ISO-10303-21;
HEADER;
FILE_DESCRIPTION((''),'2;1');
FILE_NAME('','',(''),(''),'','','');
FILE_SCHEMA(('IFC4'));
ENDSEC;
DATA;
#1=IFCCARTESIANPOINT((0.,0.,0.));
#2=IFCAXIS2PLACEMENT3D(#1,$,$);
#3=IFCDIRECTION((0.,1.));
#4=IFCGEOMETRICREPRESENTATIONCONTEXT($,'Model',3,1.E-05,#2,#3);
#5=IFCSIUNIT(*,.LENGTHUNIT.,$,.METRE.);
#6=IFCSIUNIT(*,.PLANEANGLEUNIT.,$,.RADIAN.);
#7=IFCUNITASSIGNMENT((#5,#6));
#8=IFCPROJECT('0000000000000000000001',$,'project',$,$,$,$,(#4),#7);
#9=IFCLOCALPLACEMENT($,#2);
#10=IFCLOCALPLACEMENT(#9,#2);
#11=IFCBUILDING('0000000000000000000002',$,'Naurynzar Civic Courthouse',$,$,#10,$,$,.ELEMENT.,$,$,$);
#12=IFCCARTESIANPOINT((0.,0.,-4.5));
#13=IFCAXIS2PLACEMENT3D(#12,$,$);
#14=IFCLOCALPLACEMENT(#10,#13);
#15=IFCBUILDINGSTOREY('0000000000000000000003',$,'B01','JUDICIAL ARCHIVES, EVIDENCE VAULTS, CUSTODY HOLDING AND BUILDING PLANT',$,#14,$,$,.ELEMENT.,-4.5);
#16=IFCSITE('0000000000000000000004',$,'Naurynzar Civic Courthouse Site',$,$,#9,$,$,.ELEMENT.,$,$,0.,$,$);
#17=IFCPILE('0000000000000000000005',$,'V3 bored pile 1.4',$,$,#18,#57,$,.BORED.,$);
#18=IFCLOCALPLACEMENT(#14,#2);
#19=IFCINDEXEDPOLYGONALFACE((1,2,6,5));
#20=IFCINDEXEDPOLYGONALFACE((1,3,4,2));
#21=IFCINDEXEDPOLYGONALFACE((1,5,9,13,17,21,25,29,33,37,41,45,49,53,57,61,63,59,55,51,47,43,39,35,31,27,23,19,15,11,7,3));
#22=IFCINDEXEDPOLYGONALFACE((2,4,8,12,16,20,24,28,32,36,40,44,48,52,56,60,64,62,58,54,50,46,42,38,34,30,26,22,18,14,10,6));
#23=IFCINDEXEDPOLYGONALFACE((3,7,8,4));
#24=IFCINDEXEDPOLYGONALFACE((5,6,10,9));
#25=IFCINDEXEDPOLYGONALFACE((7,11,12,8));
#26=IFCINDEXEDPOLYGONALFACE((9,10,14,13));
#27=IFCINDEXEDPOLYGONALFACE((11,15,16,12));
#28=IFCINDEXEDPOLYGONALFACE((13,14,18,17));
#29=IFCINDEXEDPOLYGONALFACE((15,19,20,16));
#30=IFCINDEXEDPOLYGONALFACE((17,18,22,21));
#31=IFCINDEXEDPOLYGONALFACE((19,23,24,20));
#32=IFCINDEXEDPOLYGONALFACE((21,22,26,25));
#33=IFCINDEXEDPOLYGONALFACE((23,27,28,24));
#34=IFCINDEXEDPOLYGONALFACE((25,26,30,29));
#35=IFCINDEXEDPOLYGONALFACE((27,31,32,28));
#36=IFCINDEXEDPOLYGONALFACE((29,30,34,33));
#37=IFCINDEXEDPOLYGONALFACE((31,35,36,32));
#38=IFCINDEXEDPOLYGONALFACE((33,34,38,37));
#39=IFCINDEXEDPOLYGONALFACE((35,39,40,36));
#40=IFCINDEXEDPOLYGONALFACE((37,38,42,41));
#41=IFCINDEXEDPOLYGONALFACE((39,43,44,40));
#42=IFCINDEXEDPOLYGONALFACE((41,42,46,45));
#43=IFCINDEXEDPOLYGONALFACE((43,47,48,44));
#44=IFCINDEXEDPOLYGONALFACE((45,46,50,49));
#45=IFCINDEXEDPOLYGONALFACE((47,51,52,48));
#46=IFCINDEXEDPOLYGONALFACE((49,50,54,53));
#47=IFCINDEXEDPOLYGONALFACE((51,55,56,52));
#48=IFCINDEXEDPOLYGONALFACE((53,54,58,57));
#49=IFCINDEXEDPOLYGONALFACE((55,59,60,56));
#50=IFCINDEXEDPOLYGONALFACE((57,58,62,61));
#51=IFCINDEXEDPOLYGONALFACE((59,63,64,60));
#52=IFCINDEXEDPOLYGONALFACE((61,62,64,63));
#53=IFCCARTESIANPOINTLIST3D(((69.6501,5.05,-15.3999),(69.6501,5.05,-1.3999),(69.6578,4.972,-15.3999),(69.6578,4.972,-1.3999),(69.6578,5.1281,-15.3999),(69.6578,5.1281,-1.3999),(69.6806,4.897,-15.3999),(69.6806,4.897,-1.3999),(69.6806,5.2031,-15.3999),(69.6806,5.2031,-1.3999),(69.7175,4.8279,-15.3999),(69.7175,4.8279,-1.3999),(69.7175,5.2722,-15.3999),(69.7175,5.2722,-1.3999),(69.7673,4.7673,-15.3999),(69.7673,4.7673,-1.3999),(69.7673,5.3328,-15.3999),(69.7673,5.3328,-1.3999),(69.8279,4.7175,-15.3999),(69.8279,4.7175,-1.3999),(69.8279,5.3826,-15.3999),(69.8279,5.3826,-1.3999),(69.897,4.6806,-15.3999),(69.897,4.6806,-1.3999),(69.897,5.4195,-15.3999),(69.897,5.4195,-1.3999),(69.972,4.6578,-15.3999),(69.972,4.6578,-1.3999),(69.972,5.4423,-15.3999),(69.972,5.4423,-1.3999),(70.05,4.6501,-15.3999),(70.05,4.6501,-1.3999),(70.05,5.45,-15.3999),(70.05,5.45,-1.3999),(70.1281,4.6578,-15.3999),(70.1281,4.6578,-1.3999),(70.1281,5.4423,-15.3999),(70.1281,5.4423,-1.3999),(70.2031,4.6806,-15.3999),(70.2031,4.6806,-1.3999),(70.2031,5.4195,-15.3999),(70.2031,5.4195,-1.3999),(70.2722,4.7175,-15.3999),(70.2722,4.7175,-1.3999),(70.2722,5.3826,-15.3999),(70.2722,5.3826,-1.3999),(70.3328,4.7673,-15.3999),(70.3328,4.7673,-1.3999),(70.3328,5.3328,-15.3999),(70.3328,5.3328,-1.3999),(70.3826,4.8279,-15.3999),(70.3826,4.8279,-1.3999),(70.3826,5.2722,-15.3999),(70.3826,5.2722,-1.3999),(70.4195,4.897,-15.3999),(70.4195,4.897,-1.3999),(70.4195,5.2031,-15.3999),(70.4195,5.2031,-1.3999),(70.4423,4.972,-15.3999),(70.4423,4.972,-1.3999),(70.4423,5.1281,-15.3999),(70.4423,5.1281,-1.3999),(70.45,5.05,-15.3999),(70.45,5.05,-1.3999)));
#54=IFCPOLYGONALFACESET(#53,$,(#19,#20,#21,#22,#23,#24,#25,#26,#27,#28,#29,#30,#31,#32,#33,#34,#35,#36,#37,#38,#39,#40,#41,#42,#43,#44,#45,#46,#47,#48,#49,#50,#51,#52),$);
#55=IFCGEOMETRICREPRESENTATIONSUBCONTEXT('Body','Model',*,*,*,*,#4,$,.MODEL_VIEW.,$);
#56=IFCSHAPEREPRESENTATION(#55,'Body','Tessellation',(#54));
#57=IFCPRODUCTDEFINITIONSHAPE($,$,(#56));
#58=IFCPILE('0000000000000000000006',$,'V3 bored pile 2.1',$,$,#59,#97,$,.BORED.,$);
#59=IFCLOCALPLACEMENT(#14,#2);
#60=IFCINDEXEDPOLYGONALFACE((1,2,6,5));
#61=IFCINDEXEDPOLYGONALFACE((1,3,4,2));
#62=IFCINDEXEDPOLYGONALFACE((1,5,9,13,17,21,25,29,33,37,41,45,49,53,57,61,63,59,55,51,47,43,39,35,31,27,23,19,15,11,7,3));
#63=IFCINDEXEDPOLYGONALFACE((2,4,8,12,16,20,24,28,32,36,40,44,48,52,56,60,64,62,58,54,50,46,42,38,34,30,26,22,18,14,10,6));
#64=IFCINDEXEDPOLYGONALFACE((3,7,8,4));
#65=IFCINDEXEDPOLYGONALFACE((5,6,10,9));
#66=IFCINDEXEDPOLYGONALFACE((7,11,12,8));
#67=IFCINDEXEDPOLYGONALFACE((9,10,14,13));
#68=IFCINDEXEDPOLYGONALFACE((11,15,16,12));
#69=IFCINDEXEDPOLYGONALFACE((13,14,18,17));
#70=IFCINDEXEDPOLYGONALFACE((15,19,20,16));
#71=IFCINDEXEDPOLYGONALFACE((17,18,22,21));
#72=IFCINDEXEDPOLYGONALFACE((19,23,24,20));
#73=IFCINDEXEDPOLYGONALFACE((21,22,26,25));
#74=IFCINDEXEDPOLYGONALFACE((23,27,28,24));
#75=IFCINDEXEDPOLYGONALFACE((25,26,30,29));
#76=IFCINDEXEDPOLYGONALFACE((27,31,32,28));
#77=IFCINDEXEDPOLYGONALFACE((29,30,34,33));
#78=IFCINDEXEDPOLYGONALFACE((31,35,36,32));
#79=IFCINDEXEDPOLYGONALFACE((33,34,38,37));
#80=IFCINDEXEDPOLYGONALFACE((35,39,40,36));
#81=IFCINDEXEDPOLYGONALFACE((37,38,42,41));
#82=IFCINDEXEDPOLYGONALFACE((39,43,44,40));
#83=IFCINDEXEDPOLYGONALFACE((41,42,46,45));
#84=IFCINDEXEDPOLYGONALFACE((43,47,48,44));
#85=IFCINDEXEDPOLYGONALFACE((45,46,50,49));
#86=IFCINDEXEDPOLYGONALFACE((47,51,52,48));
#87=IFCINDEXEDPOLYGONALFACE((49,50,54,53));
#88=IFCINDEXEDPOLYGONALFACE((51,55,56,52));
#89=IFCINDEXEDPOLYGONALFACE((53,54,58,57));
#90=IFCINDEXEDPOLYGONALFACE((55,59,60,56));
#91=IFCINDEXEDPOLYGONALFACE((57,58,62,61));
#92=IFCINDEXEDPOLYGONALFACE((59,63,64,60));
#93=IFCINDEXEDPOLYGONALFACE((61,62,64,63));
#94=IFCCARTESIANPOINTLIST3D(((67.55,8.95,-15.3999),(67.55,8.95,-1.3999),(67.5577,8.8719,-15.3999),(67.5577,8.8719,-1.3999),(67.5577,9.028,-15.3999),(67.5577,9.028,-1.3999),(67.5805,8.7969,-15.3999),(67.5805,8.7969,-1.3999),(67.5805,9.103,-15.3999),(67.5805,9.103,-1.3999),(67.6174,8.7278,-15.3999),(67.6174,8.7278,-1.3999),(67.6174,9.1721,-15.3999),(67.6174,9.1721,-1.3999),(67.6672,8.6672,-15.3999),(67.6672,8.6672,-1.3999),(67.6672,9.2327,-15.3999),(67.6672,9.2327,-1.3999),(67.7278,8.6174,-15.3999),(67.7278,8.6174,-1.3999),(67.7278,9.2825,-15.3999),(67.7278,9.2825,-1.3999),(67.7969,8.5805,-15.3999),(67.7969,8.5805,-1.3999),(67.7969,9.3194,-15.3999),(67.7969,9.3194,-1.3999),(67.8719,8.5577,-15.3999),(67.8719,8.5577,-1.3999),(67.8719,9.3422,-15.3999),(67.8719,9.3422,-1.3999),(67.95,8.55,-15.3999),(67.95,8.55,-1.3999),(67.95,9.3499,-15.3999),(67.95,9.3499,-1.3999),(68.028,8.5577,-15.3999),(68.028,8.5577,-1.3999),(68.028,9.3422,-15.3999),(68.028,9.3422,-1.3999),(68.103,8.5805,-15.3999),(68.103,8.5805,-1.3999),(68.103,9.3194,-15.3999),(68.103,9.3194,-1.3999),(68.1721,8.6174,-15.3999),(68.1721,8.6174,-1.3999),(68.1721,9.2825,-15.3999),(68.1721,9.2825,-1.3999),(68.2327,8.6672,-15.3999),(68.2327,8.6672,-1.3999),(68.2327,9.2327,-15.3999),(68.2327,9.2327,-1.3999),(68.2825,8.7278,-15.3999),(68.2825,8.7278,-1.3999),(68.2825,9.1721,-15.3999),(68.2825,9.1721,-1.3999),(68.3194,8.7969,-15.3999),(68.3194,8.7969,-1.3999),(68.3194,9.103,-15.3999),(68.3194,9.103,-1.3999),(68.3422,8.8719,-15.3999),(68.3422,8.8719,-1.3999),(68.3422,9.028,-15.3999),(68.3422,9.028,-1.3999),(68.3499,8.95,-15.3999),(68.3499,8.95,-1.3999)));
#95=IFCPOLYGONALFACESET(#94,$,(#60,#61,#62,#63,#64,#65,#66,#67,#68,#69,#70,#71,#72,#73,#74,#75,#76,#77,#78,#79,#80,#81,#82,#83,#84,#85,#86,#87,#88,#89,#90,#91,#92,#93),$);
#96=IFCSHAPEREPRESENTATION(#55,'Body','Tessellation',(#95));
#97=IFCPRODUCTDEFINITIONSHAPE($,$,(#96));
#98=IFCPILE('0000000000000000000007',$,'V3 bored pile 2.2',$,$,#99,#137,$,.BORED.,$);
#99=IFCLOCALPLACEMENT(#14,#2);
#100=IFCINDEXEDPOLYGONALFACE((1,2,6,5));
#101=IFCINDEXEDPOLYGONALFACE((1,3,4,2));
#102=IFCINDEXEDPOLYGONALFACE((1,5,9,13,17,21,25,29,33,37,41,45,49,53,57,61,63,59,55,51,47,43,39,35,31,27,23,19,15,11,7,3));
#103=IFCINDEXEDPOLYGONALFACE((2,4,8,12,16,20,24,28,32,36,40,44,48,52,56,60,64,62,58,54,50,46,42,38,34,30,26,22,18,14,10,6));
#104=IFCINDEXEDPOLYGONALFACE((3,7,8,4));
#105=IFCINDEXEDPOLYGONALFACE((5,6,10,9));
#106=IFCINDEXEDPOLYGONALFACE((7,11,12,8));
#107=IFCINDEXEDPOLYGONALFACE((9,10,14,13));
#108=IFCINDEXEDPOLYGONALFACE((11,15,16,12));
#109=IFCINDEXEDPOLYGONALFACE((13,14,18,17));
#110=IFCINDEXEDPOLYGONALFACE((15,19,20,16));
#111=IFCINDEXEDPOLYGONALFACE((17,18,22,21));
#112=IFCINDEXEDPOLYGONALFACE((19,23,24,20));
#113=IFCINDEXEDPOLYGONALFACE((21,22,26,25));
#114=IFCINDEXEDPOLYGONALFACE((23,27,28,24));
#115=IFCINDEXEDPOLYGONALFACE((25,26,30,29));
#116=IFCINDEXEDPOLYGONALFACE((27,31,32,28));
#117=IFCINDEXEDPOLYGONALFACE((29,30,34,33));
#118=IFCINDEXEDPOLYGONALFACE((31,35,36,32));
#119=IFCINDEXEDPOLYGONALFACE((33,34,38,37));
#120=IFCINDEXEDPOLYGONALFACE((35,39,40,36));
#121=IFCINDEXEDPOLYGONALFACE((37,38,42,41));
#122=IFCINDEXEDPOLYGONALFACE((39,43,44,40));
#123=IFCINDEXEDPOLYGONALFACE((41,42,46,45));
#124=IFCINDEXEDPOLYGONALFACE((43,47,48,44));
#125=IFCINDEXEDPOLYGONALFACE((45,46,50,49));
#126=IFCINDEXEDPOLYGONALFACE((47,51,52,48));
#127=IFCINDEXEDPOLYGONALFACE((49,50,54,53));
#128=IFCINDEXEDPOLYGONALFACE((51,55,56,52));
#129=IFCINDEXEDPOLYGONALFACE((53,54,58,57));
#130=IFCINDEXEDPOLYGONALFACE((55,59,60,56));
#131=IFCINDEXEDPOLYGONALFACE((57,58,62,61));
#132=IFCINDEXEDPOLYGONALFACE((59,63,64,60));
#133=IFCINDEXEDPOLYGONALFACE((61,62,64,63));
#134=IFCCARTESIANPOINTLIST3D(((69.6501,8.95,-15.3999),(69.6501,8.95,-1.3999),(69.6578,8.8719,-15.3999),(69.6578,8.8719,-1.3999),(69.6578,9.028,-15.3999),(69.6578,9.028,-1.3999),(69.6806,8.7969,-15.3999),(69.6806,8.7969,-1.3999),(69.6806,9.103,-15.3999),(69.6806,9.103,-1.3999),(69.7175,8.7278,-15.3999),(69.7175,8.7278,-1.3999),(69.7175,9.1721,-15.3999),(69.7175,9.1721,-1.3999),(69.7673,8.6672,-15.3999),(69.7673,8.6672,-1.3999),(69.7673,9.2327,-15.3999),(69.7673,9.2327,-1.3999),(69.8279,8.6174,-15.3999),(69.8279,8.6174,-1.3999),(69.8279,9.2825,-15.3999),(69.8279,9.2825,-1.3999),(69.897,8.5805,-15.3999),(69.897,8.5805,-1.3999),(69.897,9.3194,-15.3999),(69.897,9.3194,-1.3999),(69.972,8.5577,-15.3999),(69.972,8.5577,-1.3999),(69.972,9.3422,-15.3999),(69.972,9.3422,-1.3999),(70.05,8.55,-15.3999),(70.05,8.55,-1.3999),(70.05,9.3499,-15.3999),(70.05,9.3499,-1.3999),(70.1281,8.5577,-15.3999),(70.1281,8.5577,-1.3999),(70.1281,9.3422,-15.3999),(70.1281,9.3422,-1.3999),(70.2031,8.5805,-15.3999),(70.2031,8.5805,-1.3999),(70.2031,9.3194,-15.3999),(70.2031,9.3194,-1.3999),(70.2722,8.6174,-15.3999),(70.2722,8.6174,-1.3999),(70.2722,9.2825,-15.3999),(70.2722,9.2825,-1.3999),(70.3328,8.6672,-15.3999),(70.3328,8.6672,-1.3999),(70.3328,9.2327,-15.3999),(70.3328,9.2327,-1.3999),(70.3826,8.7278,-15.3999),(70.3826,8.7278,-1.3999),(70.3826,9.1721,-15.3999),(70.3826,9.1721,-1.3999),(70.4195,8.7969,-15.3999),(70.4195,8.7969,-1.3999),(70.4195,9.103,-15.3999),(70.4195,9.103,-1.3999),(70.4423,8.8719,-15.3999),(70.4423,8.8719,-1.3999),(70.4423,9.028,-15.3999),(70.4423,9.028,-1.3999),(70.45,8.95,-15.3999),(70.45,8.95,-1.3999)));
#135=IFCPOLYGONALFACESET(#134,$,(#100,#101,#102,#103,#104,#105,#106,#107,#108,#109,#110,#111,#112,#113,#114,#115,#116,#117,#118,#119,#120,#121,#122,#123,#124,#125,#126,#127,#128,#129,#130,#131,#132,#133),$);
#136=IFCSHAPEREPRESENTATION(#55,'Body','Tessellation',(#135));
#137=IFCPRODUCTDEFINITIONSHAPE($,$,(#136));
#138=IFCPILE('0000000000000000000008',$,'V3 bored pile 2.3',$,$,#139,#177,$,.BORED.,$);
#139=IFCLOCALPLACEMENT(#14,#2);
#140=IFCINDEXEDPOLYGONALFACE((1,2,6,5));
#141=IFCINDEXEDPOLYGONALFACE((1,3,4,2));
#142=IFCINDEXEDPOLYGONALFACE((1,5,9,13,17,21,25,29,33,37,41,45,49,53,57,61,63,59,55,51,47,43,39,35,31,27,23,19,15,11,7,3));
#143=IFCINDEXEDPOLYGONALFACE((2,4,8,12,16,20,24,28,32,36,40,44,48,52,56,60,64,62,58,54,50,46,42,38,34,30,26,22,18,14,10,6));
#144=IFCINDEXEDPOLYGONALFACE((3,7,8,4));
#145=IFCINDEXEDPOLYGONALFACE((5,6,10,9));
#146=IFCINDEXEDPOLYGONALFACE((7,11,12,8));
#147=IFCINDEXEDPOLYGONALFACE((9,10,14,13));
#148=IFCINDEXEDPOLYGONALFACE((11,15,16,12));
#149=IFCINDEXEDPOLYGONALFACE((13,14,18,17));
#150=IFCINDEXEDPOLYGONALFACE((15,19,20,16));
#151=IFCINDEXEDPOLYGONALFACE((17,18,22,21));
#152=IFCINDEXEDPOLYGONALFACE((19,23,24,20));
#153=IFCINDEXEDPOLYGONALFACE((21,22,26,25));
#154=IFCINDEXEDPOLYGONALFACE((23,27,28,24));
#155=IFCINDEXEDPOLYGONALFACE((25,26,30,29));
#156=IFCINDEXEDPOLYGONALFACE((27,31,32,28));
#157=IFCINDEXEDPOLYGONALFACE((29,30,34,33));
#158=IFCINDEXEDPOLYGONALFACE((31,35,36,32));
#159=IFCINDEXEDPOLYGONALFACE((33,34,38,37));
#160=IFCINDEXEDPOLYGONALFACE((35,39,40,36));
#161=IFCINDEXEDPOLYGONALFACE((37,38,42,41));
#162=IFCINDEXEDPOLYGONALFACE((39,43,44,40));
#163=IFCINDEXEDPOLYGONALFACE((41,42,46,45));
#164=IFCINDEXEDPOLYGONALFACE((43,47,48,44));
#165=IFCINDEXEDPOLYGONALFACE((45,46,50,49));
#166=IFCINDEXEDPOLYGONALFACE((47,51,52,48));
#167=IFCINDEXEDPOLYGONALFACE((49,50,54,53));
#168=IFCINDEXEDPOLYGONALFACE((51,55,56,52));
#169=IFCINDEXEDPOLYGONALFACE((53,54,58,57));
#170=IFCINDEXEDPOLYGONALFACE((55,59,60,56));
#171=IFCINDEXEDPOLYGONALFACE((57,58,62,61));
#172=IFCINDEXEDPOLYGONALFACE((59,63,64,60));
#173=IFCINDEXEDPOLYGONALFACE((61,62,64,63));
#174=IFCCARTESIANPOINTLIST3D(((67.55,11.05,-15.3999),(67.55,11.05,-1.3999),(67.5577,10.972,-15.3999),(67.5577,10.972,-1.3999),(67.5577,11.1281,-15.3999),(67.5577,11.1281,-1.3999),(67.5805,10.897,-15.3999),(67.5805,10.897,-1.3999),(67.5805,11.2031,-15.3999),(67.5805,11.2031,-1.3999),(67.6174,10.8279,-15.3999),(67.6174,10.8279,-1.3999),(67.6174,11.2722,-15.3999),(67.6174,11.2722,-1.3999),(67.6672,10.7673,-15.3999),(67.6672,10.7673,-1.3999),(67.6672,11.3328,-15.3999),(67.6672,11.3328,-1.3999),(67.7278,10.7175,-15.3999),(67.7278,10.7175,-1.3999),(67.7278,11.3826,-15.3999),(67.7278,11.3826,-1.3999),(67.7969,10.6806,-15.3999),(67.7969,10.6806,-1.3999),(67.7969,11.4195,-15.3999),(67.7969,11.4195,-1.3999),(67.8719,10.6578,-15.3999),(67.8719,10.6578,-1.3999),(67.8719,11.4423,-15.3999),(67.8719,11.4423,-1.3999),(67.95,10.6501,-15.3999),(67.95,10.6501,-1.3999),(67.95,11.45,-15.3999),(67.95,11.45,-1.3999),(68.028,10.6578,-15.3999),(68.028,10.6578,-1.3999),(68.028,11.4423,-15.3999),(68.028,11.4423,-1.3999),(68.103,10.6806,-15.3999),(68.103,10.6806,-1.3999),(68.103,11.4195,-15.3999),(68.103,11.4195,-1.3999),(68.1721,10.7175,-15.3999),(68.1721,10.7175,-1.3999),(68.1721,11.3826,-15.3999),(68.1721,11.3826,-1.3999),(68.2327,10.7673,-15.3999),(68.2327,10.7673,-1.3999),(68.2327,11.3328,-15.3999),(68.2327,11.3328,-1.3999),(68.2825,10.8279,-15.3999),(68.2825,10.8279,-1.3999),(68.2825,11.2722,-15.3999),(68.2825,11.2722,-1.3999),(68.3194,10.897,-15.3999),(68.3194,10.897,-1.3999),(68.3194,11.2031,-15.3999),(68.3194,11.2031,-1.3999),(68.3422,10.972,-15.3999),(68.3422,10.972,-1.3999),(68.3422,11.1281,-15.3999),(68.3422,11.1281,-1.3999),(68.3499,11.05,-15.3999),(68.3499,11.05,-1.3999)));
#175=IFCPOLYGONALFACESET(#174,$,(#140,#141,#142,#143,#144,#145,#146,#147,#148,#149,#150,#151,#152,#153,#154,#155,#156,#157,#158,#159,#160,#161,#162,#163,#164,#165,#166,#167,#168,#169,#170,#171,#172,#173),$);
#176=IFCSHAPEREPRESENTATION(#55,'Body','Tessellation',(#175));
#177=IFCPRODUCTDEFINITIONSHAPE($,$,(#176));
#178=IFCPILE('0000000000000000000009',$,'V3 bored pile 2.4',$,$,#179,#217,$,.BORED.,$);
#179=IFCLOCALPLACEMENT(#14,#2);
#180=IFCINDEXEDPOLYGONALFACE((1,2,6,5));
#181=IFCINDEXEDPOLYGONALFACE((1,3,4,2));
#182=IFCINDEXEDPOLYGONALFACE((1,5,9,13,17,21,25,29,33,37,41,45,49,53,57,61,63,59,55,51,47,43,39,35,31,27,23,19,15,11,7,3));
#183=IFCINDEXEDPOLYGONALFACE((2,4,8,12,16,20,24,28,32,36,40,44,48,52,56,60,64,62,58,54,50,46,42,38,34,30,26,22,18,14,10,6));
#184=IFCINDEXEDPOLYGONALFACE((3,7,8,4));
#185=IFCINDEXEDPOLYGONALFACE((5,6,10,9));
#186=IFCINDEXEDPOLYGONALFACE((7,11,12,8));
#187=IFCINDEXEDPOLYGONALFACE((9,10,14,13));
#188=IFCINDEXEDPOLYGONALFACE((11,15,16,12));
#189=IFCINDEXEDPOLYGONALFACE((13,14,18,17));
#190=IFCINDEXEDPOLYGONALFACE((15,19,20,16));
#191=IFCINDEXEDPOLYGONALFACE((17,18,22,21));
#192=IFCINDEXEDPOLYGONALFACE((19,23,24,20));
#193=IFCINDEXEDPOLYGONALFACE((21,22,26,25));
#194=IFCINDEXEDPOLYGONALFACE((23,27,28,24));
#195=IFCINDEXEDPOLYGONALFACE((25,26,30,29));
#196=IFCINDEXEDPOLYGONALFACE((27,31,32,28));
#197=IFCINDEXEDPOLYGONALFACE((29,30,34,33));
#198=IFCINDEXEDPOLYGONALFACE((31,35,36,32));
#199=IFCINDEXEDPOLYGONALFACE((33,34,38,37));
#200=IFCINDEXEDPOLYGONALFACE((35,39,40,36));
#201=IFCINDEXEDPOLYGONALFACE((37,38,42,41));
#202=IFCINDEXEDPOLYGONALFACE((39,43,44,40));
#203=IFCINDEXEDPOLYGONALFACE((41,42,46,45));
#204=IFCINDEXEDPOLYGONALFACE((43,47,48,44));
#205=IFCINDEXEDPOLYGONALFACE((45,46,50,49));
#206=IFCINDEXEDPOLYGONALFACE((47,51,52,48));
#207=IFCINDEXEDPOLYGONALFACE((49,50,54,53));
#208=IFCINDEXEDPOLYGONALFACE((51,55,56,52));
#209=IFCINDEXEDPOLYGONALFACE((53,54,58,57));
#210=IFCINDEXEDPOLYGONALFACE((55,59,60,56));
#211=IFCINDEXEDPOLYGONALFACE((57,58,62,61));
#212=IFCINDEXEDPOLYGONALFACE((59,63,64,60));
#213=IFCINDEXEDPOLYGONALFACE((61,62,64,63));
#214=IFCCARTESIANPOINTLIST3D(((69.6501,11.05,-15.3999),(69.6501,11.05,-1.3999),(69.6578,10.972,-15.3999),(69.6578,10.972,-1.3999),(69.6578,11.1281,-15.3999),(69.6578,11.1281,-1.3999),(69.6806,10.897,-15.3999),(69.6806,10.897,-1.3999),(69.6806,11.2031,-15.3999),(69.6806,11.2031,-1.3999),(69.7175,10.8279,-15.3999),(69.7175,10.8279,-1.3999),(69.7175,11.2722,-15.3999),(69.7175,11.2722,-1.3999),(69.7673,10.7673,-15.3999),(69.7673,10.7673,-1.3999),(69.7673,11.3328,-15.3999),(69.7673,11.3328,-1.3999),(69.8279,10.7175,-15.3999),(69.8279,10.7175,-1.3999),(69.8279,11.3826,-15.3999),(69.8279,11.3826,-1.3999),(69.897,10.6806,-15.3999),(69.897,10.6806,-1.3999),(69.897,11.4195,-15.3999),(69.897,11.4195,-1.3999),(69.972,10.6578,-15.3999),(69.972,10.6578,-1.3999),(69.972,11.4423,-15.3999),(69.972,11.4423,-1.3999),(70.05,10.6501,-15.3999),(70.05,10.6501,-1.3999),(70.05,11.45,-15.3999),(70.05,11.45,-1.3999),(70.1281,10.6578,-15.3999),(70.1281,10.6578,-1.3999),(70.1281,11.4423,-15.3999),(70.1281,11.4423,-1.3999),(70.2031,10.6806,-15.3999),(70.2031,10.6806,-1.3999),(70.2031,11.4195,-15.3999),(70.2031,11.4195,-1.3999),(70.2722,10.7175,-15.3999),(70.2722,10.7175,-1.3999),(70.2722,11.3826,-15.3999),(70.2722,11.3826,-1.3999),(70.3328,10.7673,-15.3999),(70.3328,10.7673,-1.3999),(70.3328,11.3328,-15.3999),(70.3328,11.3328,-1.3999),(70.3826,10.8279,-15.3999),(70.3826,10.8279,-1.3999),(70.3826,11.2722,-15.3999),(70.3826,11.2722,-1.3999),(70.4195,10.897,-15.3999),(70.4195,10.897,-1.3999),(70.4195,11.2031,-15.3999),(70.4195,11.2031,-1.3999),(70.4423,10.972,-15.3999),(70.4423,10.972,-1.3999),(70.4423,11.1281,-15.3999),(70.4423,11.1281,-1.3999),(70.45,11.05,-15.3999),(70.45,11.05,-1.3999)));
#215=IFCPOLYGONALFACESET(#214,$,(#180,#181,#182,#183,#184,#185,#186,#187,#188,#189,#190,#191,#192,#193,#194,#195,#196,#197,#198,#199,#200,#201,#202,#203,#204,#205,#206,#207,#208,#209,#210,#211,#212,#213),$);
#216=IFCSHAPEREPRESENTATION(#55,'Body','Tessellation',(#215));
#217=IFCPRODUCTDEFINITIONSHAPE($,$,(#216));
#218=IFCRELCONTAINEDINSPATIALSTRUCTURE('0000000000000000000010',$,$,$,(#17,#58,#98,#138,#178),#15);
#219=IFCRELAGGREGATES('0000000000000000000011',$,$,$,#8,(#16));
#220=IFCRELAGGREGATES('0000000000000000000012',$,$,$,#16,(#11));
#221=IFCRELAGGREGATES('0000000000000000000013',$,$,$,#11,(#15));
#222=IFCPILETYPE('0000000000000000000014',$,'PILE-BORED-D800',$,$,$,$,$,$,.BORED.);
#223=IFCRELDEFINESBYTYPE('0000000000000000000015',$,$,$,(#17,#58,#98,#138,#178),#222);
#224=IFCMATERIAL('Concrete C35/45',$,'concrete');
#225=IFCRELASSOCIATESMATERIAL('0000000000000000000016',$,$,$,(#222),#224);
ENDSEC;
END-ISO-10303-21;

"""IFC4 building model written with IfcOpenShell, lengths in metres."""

from ifc_helpers import new_model, si_unit, direction, frame, origin, origin_2d, place, context, subcontext, project, spatial, circle, extrude, material, material_profile, profile_set, type_object, element, save


model = new_model("IFC4")

# Units and contexts
model_context = context("Model", 3, precision=1e-05, world=origin(), true_north=direction((0.0, 1.0)))
body_context = subcontext(model_context, "Body", "Model", "MODEL_VIEW")
ifc_project = project(units=[si_unit("LENGTHUNIT", "METRE"), si_unit("PLANEANGLEUNIT", "RADIAN")], contexts=[model_context])

# Site, building, storey
site_placement = place(None, origin())
site = spatial("IfcSite", under=ifc_project, at=site_placement, Name="Naurynzar Civic Courthouse Site", CompositionType="ELEMENT", RefElevation=0.0)
building_placement = place(site_placement, origin())
building = spatial("IfcBuilding", under=site, at=building_placement, Name="Naurynzar Civic Courthouse", CompositionType="ELEMENT")
storey_placement = place(building_placement, frame((0.0, 0.0, -4.5)))
storey = spatial("IfcBuildingStorey", under=building, at=storey_placement, Name="B01", Description="JUDICIAL ARCHIVES, EVIDENCE VAULTS, CUSTODY HOLDING AND BUILDING PLANT", CompositionType="ELEMENT", Elevation=-4.5)

# Piles
ifc_material_1 = material(Name="Concrete C35/45", Category="concrete")
ifc_material_profile_1 = material_profile(ifc_material_1, circle(Radius=0.3999, at=origin_2d()), Name="PILE D800")
ifc_profile_set_1 = profile_set([ifc_material_profile_1], Name="Concrete C35/45")
pile_type = type_object("IfcPileType", Name="PILE-BORED-D800", PredefinedType="BORED", material=ifc_profile_set_1)
for number, where, z_axis, x_axis, name in (
    (1, (70.05, 5.05, -1.3999), (0.0, 0.0, -1.0), (1.0, 0.0, 0.0), "V3 bored pile 1.4"),
    (2, (67.95, 8.95, -1.3999), (0.0, 0.0, -1.0), (1.0, 0.0, 0.0), "V3 bored pile 2.1"),
    (3, (70.05, 8.95, -1.3999), (0.0, 0.0, -1.0), (1.0, 0.0, 0.0), "V3 bored pile 2.2"),
    (4, (67.95, 11.05, -1.3999), (0.0, 0.0, -1.0), (1.0, 0.0, 0.0), "V3 bored pile 2.3"),
    (5, (70.05, 11.05, -1.3999), (0.0, 0.0, -1.0), (1.0, 0.0, 0.0), "V3 bored pile 2.4"),
):
    element("IfcPile", number, at=place(storey_placement, frame(where, z_axis=z_axis, x_axis=x_axis)), inside=storey, type_object=pile_type, Name=name, PredefinedType="BORED", context=body_context, shape_type="SweptSolid", body=[
        extrude(circle(Radius=0.3999, at=origin_2d()), origin(), (0.0, 0.0, 1.0), 14.0),
    ])

save(model, "model.ifc")
